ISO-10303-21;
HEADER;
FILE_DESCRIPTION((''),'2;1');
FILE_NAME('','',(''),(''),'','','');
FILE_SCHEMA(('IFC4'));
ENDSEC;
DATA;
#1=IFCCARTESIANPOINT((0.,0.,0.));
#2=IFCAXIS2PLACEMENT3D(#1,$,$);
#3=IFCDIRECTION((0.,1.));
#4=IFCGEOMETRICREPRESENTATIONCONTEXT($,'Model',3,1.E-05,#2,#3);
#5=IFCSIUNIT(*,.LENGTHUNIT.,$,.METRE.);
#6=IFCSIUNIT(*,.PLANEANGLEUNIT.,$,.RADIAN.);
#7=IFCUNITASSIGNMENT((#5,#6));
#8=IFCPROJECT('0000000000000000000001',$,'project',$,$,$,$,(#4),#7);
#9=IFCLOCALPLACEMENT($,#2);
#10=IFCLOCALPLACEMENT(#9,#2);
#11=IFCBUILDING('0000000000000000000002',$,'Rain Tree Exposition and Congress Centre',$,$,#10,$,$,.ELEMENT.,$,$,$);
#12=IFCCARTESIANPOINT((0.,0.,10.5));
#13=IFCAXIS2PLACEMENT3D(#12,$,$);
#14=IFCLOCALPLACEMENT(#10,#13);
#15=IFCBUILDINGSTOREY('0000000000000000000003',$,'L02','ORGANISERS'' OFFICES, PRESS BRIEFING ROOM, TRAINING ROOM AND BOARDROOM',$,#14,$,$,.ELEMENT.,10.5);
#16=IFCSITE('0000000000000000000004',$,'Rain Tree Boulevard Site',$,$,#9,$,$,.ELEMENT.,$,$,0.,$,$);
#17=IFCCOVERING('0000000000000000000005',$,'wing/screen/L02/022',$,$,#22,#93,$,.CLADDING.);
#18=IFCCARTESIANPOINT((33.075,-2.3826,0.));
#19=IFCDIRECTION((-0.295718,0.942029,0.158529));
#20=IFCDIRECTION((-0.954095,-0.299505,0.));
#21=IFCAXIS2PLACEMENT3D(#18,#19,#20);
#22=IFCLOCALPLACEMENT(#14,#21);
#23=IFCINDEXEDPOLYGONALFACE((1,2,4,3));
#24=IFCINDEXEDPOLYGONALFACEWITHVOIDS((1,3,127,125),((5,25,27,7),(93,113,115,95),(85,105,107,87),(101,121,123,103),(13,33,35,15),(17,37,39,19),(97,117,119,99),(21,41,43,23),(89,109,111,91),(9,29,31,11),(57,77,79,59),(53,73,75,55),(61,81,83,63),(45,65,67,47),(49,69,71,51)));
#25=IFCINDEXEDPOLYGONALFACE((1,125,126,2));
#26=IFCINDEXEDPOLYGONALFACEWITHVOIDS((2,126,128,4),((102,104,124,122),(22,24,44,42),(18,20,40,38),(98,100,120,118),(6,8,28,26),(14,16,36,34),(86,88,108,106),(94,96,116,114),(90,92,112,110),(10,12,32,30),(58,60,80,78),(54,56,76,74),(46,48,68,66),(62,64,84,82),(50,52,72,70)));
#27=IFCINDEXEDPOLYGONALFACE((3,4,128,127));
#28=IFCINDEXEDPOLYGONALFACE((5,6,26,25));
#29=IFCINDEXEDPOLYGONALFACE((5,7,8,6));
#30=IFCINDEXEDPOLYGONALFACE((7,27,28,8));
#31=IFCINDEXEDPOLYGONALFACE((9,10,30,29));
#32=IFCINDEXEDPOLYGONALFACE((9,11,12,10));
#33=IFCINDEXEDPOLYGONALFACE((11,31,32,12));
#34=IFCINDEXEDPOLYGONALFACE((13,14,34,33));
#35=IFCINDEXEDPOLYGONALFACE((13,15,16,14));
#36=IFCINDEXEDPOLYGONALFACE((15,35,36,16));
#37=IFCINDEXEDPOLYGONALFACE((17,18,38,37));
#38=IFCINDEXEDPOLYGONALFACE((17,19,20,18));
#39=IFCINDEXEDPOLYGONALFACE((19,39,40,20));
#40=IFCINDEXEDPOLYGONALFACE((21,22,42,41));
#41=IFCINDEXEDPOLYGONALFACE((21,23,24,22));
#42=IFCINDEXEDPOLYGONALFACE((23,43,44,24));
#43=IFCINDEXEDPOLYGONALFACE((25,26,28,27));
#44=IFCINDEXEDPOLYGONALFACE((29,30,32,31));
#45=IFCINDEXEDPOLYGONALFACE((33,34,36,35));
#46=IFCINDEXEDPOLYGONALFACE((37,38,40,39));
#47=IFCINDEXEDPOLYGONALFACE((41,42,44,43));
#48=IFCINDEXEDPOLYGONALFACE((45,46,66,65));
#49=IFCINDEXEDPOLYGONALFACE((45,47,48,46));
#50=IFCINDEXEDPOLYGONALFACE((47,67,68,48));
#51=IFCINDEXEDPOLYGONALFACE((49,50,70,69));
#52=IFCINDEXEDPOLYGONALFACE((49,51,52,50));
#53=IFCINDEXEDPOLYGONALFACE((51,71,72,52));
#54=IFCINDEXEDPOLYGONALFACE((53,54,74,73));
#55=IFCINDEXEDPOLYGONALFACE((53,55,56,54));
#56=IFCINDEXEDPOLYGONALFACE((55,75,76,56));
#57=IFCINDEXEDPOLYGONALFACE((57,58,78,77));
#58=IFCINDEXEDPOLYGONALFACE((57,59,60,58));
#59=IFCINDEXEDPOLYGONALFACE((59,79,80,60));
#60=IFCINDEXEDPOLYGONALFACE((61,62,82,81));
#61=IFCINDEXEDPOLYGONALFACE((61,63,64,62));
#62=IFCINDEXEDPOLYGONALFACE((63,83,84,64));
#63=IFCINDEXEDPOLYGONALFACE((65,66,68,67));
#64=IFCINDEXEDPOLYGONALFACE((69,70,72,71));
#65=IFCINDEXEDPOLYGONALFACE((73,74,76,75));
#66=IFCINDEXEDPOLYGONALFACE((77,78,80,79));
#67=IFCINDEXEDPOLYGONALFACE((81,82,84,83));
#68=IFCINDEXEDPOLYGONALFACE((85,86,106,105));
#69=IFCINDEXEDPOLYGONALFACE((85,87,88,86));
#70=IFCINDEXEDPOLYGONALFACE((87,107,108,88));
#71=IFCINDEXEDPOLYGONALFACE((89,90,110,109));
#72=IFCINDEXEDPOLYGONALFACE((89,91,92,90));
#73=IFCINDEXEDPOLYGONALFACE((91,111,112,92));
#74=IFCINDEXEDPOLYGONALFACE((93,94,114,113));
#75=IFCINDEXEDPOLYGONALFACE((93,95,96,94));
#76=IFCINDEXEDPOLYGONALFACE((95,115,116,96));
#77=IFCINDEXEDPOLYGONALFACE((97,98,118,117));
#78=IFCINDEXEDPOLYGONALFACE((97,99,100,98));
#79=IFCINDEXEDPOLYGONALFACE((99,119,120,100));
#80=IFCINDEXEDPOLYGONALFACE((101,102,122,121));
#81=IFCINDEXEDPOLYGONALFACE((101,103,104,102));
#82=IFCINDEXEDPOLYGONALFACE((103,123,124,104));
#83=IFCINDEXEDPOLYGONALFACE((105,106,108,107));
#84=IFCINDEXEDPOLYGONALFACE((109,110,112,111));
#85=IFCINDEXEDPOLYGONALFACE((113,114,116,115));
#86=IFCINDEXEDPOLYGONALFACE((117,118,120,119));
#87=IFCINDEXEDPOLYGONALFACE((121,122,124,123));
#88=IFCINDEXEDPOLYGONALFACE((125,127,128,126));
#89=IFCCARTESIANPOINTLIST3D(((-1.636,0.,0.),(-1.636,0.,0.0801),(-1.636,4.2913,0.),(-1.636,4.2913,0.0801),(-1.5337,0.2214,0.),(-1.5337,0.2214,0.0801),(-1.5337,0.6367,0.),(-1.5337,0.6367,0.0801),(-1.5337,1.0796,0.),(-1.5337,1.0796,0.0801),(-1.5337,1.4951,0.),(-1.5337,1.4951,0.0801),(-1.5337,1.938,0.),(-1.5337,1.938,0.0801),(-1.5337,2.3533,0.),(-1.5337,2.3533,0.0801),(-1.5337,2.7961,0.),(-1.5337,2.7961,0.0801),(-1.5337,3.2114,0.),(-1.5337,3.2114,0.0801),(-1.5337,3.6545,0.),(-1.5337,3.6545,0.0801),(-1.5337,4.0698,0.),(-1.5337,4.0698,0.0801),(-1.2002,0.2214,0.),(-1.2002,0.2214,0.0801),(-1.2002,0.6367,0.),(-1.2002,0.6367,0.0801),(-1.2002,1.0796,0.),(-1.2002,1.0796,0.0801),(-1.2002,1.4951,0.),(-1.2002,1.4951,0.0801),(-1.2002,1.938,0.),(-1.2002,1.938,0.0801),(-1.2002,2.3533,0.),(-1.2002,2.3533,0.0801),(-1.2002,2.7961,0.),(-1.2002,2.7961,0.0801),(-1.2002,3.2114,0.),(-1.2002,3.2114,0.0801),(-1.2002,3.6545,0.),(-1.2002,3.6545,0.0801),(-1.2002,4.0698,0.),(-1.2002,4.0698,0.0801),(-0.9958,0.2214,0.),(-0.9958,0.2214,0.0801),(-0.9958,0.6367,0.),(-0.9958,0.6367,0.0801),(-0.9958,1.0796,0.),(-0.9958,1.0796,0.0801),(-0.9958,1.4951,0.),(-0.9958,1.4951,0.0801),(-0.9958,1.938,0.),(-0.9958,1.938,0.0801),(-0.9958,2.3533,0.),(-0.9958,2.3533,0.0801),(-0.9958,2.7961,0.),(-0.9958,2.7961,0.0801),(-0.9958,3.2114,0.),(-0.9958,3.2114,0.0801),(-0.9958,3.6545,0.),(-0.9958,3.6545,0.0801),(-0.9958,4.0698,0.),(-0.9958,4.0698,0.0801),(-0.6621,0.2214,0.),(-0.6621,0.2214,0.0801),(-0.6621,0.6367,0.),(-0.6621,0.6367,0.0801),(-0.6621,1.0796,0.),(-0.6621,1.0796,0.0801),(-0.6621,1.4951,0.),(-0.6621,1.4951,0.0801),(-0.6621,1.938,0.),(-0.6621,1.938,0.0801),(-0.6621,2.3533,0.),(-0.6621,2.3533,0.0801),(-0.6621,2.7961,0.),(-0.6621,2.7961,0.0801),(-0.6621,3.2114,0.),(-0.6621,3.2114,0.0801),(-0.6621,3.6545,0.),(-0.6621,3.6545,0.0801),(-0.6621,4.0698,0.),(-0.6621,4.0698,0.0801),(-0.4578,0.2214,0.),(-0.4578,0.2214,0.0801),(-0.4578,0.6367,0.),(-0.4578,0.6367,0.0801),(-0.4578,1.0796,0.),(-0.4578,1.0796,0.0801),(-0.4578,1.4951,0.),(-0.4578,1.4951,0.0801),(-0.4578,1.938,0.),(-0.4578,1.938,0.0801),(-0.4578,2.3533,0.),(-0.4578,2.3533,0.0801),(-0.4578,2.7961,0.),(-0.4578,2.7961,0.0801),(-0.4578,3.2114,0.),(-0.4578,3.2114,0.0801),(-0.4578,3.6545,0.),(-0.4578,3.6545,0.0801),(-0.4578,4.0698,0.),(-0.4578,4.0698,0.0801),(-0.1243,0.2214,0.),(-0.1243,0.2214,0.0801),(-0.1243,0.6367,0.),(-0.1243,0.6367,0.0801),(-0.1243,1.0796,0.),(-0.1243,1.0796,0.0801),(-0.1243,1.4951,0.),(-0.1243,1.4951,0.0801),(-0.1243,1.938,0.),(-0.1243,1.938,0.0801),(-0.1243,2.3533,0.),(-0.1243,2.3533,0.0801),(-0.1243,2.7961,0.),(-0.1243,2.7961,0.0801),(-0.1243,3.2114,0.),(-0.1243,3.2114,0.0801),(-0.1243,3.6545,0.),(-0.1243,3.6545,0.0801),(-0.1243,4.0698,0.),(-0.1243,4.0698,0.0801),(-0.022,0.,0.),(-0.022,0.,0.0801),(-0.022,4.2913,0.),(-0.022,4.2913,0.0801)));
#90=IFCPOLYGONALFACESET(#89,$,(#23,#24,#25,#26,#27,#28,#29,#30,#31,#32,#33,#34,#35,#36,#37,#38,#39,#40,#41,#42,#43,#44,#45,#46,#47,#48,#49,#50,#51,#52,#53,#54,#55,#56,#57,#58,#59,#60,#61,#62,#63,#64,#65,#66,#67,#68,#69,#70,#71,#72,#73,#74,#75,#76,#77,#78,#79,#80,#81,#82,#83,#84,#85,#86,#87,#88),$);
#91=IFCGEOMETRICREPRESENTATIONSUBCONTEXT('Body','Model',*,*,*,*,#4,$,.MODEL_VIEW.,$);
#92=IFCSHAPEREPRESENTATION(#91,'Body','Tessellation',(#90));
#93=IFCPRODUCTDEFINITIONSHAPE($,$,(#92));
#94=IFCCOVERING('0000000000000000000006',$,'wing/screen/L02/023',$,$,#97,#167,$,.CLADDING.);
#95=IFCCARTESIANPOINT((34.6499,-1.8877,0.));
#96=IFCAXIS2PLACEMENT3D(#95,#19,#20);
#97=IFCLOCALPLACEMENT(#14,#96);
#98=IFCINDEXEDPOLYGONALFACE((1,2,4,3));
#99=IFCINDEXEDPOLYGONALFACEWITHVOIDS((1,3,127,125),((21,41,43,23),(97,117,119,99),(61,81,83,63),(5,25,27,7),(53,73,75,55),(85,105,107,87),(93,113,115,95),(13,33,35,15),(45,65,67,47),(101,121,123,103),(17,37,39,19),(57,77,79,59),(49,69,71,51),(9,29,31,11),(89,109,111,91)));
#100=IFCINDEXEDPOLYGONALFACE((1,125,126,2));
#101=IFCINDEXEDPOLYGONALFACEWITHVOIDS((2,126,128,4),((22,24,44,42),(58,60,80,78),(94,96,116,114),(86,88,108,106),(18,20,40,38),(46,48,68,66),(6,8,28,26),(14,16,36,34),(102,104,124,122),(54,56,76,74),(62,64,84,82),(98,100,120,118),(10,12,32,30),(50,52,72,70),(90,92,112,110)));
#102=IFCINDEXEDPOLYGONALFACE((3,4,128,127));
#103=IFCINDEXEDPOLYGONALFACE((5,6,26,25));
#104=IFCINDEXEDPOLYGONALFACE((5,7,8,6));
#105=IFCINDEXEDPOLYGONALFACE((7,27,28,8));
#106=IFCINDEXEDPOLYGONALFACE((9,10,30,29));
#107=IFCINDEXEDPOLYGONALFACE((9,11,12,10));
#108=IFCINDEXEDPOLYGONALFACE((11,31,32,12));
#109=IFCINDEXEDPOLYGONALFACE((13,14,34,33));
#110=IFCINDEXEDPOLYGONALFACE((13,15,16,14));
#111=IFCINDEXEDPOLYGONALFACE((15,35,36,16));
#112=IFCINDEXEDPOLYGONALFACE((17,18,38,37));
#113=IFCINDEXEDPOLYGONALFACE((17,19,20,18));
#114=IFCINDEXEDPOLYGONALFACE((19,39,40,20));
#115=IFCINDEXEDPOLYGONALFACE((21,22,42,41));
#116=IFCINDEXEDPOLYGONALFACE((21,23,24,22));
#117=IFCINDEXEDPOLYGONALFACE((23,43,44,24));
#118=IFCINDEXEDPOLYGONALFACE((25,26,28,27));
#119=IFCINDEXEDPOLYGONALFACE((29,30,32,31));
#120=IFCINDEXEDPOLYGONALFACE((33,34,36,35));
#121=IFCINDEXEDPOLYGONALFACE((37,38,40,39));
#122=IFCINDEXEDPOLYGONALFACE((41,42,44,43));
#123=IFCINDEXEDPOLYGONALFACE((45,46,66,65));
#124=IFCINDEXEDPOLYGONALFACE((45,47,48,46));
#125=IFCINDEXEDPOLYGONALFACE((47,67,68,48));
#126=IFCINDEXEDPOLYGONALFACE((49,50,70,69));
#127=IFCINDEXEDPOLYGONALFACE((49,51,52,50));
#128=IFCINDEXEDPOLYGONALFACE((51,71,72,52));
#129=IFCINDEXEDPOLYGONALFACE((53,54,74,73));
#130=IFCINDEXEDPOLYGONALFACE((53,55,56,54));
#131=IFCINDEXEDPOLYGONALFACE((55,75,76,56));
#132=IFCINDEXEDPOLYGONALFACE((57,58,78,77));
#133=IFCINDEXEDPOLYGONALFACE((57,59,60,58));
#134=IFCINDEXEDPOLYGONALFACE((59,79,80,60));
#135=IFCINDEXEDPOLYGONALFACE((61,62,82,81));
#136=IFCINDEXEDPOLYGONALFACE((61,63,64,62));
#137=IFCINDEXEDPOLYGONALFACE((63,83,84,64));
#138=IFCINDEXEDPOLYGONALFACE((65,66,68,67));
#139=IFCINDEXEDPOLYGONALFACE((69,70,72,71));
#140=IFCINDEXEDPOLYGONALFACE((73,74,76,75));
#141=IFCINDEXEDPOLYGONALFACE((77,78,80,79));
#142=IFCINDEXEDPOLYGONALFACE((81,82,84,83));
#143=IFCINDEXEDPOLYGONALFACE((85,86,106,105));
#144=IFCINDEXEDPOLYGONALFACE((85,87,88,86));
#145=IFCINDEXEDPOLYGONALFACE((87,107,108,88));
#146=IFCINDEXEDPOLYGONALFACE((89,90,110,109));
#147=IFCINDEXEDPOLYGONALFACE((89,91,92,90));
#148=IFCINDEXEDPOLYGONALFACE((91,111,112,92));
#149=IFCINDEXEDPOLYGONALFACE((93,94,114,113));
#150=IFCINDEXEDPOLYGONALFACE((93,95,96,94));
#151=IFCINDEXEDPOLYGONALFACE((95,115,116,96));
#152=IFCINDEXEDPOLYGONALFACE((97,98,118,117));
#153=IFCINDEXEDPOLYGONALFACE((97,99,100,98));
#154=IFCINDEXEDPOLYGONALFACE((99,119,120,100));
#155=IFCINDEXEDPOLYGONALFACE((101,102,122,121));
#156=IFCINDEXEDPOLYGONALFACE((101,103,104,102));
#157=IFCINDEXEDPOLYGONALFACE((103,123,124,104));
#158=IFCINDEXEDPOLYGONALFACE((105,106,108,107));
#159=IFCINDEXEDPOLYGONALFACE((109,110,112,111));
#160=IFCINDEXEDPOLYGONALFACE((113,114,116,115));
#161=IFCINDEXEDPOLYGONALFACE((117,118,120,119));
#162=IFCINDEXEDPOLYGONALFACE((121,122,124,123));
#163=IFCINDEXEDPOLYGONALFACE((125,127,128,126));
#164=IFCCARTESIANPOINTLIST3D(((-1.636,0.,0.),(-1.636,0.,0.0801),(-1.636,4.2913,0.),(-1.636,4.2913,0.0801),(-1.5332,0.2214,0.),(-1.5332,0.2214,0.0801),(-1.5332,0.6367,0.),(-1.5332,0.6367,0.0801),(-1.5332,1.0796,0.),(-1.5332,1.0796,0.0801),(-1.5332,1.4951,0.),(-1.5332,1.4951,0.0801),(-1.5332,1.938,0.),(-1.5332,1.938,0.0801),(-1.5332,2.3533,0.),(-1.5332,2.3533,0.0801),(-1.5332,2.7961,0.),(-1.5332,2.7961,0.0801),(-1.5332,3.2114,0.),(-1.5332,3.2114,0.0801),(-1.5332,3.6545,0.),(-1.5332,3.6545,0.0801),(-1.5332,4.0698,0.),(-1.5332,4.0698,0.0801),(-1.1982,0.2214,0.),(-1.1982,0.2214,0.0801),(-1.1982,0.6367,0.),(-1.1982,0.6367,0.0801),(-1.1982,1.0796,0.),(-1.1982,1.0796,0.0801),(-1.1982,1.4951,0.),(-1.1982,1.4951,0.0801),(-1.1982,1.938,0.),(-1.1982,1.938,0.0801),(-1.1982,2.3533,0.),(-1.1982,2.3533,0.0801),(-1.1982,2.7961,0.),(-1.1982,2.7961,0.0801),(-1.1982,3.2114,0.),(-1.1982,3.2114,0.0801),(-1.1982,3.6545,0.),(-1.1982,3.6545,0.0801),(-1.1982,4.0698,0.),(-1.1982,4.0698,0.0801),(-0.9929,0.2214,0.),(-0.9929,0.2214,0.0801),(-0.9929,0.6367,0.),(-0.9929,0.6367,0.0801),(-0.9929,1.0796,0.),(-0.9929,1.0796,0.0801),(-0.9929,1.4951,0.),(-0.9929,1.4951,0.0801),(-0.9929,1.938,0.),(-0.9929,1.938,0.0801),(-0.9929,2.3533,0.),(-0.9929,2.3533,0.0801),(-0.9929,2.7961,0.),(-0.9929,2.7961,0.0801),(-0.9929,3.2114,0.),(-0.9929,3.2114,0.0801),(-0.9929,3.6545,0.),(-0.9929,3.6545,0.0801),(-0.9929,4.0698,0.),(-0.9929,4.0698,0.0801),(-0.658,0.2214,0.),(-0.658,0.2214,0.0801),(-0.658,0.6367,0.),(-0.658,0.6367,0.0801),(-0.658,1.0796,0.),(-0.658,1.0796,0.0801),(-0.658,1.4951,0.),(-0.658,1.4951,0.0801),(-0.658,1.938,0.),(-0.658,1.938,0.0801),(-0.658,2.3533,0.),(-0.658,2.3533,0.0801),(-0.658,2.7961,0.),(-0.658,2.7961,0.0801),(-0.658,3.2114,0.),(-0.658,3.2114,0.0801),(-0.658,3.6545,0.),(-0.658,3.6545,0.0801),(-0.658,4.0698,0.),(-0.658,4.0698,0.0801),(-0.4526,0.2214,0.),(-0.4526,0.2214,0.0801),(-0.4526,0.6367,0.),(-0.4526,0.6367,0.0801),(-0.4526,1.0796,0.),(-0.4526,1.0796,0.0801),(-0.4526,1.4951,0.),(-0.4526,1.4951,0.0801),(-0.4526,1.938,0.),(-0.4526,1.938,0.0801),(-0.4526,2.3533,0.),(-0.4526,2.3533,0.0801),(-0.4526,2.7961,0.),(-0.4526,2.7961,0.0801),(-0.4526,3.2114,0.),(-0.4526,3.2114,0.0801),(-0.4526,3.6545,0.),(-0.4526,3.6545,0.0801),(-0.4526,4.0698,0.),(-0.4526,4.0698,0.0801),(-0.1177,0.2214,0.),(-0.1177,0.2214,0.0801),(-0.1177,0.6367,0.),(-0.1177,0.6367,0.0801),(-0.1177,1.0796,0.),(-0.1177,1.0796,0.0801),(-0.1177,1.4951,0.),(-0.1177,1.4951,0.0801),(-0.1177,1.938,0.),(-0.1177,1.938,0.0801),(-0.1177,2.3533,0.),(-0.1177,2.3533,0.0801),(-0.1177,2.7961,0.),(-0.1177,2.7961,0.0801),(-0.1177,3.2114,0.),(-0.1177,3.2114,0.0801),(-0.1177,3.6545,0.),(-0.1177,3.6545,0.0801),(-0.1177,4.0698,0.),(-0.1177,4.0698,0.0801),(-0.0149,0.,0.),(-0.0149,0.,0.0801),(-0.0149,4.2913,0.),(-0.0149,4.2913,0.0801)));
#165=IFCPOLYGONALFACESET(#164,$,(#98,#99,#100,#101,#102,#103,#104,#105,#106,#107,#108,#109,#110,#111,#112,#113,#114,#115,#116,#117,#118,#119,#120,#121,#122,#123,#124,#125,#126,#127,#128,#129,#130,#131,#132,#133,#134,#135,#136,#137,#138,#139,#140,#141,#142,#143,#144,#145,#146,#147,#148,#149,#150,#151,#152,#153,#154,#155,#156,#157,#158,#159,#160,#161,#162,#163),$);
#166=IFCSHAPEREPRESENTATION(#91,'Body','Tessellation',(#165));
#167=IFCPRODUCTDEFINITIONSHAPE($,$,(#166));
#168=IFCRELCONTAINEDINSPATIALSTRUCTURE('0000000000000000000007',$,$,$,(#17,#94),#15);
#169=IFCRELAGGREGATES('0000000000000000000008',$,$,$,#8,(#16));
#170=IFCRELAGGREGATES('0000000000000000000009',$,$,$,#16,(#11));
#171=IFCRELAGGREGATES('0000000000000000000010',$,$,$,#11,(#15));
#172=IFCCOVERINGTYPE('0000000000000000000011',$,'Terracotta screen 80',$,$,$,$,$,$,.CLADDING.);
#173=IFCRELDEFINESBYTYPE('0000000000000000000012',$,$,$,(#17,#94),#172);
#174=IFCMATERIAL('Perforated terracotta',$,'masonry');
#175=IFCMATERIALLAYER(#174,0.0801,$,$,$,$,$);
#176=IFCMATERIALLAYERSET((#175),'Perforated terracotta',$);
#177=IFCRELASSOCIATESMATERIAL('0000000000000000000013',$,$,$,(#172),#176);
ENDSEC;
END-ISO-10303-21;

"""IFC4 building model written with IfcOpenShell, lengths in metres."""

from ifc_helpers import new_model, si_unit, direction, frame, origin, place, context, subcontext, project, spatial, polyline, outline, extrude, material, layer, layer_set, type_object, element, save


model = new_model("IFC4")

# Units and contexts
model_context = context("Model", 3, precision=1e-05, world=origin(), true_north=direction((0.0, 1.0)))
body_context = subcontext(model_context, "Body", "Model", "MODEL_VIEW")
ifc_project = project(units=[si_unit("LENGTHUNIT", "METRE"), si_unit("PLANEANGLEUNIT", "RADIAN")], contexts=[model_context])

# Site, building, storey
site_placement = place(None, origin())
site = spatial("IfcSite", under=ifc_project, at=site_placement, Name="Rain Tree Boulevard Site", CompositionType="ELEMENT", RefElevation=0.0)
building_placement = place(site_placement, origin())
building = spatial("IfcBuilding", under=site, at=building_placement, Name="Rain Tree Exposition and Congress Centre", CompositionType="ELEMENT")
storey_placement = place(building_placement, frame((0.0, 0.0, 10.5)))
storey = spatial("IfcBuildingStorey", under=building, at=storey_placement, Name="L02", Description="ORGANISERS' OFFICES, PRESS BRIEFING ROOM, TRAINING ROOM AND BOARDROOM", CompositionType="ELEMENT", Elevation=10.5)

# Coverings
ifc_material_1 = material(Name="Perforated terracotta", Category="masonry")
ifc_layer_1 = layer(ifc_material_1, 0.0801)
ifc_layer_set_1 = layer_set([ifc_layer_1], Name="Perforated terracotta")
covering_type = type_object("IfcCoveringType", Name="Terracotta screen 80", PredefinedType="CLADDING", material=ifc_layer_set_1)
covering_1_placement = place(storey_placement, frame((33.075, -2.3826, 0.0), z_axis=(-0.295718, 0.942029, 0.158529), x_axis=(-0.954095, -0.299505, 0.0)))
element("IfcCovering", 1, at=covering_1_placement, inside=storey, type_object=covering_type, Name="wing/screen/L02/022", PredefinedType="CLADDING", context=body_context, shape_type="SweptSolid", body=[
    extrude(outline(polyline([(-1.636, 0.0), (-1.636, 4.2913), (-0.022, 4.2913), (-0.022, 0.0), (-1.636, 0.0)]), holes=[polyline([(-0.1243, 0.2214), (-0.1243, 0.6367), (-0.4578, 0.6367), (-0.4578, 0.2214), (-0.1243, 0.2214)]), polyline([(-0.1243, 1.0796), (-0.1243, 1.4951), (-0.4578, 1.4951), (-0.4578, 1.0796), (-0.1243, 1.0796)]), polyline([(-0.1243, 1.938), (-0.1243, 2.3533), (-0.4578, 2.3533), (-0.4578, 1.938), (-0.1243, 1.938)]), polyline([(-0.1243, 2.7961), (-0.1243, 3.2114), (-0.4578, 3.2114), (-0.4578, 2.7961), (-0.1243, 2.7961)]), polyline([(-0.1243, 3.6545), (-0.1243, 4.0698), (-0.4578, 4.0698), (-0.4578, 3.6545), (-0.1243, 3.6545)]), polyline([(-0.6621, 0.2214), (-0.6621, 0.6367), (-0.9958, 0.6367), (-0.9958, 0.2214), (-0.6621, 0.2214)]), polyline([(-0.6621, 1.0796), (-0.6621, 1.4951), (-0.9958, 1.4951), (-0.9958, 1.0796), (-0.6621, 1.0796)]), polyline([(-0.6621, 1.938), (-0.6621, 2.3533), (-0.9958, 2.3533), (-0.9958, 1.938), (-0.6621, 1.938)]), polyline([(-0.6621, 2.7961), (-0.6621, 3.2114), (-0.9958, 3.2114), (-0.9958, 2.7961), (-0.6621, 2.7961)]), polyline([(-0.6621, 3.6545), (-0.6621, 4.0698), (-0.9958, 4.0698), (-0.9958, 3.6545), (-0.6621, 3.6545)]), polyline([(-1.2002, 0.2214), (-1.2002, 0.6367), (-1.5337, 0.6367), (-1.5337, 0.2214), (-1.2002, 0.2214)]), polyline([(-1.2002, 1.0796), (-1.2002, 1.4951), (-1.5337, 1.4951), (-1.5337, 1.0796), (-1.2002, 1.0796)]), polyline([(-1.2002, 1.938), (-1.2002, 2.3533), (-1.5337, 2.3533), (-1.5337, 1.938), (-1.2002, 1.938)]), polyline([(-1.2002, 2.7961), (-1.2002, 3.2114), (-1.5337, 3.2114), (-1.5337, 2.7961), (-1.2002, 2.7961)]), polyline([(-1.2002, 3.6545), (-1.2002, 4.0698), (-1.5337, 4.0698), (-1.5337, 3.6545), (-1.2002, 3.6545)])]), origin(), (0.0, 0.0, 1.0), 0.0801),
])
covering_2_placement = place(storey_placement, frame((34.6499, -1.8877, 0.0), z_axis=(-0.295718, 0.942029, 0.158529), x_axis=(-0.954095, -0.299505, 0.0)))
element("IfcCovering", 2, at=covering_2_placement, inside=storey, type_object=covering_type, Name="wing/screen/L02/023", PredefinedType="CLADDING", context=body_context, shape_type="SweptSolid", body=[
    extrude(outline(polyline([(-1.636, 0.0), (-1.636, 4.2913), (-0.0149, 4.2913), (-0.0149, 0.0), (-1.636, 0.0)]), holes=[polyline([(-0.1177, 0.2214), (-0.1177, 0.6367), (-0.4526, 0.6367), (-0.4526, 0.2214), (-0.1177, 0.2214)]), polyline([(-0.1177, 1.0796), (-0.1177, 1.4951), (-0.4526, 1.4951), (-0.4526, 1.0796), (-0.1177, 1.0796)]), polyline([(-0.1177, 1.938), (-0.1177, 2.3533), (-0.4526, 2.3533), (-0.4526, 1.938), (-0.1177, 1.938)]), polyline([(-0.1177, 2.7961), (-0.1177, 3.2114), (-0.4526, 3.2114), (-0.4526, 2.7961), (-0.1177, 2.7961)]), polyline([(-0.1177, 3.6545), (-0.1177, 4.0698), (-0.4526, 4.0698), (-0.4526, 3.6545), (-0.1177, 3.6545)]), polyline([(-0.658, 0.2214), (-0.658, 0.6367), (-0.9929, 0.6367), (-0.9929, 0.2214), (-0.658, 0.2214)]), polyline([(-0.658, 1.0796), (-0.658, 1.4951), (-0.9929, 1.4951), (-0.9929, 1.0796), (-0.658, 1.0796)]), polyline([(-0.658, 1.938), (-0.658, 2.3533), (-0.9929, 2.3533), (-0.9929, 1.938), (-0.658, 1.938)]), polyline([(-0.658, 2.7961), (-0.658, 3.2114), (-0.9929, 3.2114), (-0.9929, 2.7961), (-0.658, 2.7961)]), polyline([(-0.658, 3.6545), (-0.658, 4.0698), (-0.9929, 4.0698), (-0.9929, 3.6545), (-0.658, 3.6545)]), polyline([(-1.1982, 0.2214), (-1.1982, 0.6367), (-1.5332, 0.6367), (-1.5332, 0.2214), (-1.1982, 0.2214)]), polyline([(-1.1982, 1.0796), (-1.1982, 1.4951), (-1.5332, 1.4951), (-1.5332, 1.0796), (-1.1982, 1.0796)]), polyline([(-1.1982, 1.938), (-1.1982, 2.3533), (-1.5332, 2.3533), (-1.5332, 1.938), (-1.1982, 1.938)]), polyline([(-1.1982, 2.7961), (-1.1982, 3.2114), (-1.5332, 3.2114), (-1.5332, 2.7961), (-1.1982, 2.7961)]), polyline([(-1.1982, 3.6545), (-1.1982, 4.0698), (-1.5332, 4.0698), (-1.5332, 3.6545), (-1.1982, 3.6545)])]), origin(), (0.0, 0.0, 1.0), 0.0801),
])

save(model, "model.ifc")
